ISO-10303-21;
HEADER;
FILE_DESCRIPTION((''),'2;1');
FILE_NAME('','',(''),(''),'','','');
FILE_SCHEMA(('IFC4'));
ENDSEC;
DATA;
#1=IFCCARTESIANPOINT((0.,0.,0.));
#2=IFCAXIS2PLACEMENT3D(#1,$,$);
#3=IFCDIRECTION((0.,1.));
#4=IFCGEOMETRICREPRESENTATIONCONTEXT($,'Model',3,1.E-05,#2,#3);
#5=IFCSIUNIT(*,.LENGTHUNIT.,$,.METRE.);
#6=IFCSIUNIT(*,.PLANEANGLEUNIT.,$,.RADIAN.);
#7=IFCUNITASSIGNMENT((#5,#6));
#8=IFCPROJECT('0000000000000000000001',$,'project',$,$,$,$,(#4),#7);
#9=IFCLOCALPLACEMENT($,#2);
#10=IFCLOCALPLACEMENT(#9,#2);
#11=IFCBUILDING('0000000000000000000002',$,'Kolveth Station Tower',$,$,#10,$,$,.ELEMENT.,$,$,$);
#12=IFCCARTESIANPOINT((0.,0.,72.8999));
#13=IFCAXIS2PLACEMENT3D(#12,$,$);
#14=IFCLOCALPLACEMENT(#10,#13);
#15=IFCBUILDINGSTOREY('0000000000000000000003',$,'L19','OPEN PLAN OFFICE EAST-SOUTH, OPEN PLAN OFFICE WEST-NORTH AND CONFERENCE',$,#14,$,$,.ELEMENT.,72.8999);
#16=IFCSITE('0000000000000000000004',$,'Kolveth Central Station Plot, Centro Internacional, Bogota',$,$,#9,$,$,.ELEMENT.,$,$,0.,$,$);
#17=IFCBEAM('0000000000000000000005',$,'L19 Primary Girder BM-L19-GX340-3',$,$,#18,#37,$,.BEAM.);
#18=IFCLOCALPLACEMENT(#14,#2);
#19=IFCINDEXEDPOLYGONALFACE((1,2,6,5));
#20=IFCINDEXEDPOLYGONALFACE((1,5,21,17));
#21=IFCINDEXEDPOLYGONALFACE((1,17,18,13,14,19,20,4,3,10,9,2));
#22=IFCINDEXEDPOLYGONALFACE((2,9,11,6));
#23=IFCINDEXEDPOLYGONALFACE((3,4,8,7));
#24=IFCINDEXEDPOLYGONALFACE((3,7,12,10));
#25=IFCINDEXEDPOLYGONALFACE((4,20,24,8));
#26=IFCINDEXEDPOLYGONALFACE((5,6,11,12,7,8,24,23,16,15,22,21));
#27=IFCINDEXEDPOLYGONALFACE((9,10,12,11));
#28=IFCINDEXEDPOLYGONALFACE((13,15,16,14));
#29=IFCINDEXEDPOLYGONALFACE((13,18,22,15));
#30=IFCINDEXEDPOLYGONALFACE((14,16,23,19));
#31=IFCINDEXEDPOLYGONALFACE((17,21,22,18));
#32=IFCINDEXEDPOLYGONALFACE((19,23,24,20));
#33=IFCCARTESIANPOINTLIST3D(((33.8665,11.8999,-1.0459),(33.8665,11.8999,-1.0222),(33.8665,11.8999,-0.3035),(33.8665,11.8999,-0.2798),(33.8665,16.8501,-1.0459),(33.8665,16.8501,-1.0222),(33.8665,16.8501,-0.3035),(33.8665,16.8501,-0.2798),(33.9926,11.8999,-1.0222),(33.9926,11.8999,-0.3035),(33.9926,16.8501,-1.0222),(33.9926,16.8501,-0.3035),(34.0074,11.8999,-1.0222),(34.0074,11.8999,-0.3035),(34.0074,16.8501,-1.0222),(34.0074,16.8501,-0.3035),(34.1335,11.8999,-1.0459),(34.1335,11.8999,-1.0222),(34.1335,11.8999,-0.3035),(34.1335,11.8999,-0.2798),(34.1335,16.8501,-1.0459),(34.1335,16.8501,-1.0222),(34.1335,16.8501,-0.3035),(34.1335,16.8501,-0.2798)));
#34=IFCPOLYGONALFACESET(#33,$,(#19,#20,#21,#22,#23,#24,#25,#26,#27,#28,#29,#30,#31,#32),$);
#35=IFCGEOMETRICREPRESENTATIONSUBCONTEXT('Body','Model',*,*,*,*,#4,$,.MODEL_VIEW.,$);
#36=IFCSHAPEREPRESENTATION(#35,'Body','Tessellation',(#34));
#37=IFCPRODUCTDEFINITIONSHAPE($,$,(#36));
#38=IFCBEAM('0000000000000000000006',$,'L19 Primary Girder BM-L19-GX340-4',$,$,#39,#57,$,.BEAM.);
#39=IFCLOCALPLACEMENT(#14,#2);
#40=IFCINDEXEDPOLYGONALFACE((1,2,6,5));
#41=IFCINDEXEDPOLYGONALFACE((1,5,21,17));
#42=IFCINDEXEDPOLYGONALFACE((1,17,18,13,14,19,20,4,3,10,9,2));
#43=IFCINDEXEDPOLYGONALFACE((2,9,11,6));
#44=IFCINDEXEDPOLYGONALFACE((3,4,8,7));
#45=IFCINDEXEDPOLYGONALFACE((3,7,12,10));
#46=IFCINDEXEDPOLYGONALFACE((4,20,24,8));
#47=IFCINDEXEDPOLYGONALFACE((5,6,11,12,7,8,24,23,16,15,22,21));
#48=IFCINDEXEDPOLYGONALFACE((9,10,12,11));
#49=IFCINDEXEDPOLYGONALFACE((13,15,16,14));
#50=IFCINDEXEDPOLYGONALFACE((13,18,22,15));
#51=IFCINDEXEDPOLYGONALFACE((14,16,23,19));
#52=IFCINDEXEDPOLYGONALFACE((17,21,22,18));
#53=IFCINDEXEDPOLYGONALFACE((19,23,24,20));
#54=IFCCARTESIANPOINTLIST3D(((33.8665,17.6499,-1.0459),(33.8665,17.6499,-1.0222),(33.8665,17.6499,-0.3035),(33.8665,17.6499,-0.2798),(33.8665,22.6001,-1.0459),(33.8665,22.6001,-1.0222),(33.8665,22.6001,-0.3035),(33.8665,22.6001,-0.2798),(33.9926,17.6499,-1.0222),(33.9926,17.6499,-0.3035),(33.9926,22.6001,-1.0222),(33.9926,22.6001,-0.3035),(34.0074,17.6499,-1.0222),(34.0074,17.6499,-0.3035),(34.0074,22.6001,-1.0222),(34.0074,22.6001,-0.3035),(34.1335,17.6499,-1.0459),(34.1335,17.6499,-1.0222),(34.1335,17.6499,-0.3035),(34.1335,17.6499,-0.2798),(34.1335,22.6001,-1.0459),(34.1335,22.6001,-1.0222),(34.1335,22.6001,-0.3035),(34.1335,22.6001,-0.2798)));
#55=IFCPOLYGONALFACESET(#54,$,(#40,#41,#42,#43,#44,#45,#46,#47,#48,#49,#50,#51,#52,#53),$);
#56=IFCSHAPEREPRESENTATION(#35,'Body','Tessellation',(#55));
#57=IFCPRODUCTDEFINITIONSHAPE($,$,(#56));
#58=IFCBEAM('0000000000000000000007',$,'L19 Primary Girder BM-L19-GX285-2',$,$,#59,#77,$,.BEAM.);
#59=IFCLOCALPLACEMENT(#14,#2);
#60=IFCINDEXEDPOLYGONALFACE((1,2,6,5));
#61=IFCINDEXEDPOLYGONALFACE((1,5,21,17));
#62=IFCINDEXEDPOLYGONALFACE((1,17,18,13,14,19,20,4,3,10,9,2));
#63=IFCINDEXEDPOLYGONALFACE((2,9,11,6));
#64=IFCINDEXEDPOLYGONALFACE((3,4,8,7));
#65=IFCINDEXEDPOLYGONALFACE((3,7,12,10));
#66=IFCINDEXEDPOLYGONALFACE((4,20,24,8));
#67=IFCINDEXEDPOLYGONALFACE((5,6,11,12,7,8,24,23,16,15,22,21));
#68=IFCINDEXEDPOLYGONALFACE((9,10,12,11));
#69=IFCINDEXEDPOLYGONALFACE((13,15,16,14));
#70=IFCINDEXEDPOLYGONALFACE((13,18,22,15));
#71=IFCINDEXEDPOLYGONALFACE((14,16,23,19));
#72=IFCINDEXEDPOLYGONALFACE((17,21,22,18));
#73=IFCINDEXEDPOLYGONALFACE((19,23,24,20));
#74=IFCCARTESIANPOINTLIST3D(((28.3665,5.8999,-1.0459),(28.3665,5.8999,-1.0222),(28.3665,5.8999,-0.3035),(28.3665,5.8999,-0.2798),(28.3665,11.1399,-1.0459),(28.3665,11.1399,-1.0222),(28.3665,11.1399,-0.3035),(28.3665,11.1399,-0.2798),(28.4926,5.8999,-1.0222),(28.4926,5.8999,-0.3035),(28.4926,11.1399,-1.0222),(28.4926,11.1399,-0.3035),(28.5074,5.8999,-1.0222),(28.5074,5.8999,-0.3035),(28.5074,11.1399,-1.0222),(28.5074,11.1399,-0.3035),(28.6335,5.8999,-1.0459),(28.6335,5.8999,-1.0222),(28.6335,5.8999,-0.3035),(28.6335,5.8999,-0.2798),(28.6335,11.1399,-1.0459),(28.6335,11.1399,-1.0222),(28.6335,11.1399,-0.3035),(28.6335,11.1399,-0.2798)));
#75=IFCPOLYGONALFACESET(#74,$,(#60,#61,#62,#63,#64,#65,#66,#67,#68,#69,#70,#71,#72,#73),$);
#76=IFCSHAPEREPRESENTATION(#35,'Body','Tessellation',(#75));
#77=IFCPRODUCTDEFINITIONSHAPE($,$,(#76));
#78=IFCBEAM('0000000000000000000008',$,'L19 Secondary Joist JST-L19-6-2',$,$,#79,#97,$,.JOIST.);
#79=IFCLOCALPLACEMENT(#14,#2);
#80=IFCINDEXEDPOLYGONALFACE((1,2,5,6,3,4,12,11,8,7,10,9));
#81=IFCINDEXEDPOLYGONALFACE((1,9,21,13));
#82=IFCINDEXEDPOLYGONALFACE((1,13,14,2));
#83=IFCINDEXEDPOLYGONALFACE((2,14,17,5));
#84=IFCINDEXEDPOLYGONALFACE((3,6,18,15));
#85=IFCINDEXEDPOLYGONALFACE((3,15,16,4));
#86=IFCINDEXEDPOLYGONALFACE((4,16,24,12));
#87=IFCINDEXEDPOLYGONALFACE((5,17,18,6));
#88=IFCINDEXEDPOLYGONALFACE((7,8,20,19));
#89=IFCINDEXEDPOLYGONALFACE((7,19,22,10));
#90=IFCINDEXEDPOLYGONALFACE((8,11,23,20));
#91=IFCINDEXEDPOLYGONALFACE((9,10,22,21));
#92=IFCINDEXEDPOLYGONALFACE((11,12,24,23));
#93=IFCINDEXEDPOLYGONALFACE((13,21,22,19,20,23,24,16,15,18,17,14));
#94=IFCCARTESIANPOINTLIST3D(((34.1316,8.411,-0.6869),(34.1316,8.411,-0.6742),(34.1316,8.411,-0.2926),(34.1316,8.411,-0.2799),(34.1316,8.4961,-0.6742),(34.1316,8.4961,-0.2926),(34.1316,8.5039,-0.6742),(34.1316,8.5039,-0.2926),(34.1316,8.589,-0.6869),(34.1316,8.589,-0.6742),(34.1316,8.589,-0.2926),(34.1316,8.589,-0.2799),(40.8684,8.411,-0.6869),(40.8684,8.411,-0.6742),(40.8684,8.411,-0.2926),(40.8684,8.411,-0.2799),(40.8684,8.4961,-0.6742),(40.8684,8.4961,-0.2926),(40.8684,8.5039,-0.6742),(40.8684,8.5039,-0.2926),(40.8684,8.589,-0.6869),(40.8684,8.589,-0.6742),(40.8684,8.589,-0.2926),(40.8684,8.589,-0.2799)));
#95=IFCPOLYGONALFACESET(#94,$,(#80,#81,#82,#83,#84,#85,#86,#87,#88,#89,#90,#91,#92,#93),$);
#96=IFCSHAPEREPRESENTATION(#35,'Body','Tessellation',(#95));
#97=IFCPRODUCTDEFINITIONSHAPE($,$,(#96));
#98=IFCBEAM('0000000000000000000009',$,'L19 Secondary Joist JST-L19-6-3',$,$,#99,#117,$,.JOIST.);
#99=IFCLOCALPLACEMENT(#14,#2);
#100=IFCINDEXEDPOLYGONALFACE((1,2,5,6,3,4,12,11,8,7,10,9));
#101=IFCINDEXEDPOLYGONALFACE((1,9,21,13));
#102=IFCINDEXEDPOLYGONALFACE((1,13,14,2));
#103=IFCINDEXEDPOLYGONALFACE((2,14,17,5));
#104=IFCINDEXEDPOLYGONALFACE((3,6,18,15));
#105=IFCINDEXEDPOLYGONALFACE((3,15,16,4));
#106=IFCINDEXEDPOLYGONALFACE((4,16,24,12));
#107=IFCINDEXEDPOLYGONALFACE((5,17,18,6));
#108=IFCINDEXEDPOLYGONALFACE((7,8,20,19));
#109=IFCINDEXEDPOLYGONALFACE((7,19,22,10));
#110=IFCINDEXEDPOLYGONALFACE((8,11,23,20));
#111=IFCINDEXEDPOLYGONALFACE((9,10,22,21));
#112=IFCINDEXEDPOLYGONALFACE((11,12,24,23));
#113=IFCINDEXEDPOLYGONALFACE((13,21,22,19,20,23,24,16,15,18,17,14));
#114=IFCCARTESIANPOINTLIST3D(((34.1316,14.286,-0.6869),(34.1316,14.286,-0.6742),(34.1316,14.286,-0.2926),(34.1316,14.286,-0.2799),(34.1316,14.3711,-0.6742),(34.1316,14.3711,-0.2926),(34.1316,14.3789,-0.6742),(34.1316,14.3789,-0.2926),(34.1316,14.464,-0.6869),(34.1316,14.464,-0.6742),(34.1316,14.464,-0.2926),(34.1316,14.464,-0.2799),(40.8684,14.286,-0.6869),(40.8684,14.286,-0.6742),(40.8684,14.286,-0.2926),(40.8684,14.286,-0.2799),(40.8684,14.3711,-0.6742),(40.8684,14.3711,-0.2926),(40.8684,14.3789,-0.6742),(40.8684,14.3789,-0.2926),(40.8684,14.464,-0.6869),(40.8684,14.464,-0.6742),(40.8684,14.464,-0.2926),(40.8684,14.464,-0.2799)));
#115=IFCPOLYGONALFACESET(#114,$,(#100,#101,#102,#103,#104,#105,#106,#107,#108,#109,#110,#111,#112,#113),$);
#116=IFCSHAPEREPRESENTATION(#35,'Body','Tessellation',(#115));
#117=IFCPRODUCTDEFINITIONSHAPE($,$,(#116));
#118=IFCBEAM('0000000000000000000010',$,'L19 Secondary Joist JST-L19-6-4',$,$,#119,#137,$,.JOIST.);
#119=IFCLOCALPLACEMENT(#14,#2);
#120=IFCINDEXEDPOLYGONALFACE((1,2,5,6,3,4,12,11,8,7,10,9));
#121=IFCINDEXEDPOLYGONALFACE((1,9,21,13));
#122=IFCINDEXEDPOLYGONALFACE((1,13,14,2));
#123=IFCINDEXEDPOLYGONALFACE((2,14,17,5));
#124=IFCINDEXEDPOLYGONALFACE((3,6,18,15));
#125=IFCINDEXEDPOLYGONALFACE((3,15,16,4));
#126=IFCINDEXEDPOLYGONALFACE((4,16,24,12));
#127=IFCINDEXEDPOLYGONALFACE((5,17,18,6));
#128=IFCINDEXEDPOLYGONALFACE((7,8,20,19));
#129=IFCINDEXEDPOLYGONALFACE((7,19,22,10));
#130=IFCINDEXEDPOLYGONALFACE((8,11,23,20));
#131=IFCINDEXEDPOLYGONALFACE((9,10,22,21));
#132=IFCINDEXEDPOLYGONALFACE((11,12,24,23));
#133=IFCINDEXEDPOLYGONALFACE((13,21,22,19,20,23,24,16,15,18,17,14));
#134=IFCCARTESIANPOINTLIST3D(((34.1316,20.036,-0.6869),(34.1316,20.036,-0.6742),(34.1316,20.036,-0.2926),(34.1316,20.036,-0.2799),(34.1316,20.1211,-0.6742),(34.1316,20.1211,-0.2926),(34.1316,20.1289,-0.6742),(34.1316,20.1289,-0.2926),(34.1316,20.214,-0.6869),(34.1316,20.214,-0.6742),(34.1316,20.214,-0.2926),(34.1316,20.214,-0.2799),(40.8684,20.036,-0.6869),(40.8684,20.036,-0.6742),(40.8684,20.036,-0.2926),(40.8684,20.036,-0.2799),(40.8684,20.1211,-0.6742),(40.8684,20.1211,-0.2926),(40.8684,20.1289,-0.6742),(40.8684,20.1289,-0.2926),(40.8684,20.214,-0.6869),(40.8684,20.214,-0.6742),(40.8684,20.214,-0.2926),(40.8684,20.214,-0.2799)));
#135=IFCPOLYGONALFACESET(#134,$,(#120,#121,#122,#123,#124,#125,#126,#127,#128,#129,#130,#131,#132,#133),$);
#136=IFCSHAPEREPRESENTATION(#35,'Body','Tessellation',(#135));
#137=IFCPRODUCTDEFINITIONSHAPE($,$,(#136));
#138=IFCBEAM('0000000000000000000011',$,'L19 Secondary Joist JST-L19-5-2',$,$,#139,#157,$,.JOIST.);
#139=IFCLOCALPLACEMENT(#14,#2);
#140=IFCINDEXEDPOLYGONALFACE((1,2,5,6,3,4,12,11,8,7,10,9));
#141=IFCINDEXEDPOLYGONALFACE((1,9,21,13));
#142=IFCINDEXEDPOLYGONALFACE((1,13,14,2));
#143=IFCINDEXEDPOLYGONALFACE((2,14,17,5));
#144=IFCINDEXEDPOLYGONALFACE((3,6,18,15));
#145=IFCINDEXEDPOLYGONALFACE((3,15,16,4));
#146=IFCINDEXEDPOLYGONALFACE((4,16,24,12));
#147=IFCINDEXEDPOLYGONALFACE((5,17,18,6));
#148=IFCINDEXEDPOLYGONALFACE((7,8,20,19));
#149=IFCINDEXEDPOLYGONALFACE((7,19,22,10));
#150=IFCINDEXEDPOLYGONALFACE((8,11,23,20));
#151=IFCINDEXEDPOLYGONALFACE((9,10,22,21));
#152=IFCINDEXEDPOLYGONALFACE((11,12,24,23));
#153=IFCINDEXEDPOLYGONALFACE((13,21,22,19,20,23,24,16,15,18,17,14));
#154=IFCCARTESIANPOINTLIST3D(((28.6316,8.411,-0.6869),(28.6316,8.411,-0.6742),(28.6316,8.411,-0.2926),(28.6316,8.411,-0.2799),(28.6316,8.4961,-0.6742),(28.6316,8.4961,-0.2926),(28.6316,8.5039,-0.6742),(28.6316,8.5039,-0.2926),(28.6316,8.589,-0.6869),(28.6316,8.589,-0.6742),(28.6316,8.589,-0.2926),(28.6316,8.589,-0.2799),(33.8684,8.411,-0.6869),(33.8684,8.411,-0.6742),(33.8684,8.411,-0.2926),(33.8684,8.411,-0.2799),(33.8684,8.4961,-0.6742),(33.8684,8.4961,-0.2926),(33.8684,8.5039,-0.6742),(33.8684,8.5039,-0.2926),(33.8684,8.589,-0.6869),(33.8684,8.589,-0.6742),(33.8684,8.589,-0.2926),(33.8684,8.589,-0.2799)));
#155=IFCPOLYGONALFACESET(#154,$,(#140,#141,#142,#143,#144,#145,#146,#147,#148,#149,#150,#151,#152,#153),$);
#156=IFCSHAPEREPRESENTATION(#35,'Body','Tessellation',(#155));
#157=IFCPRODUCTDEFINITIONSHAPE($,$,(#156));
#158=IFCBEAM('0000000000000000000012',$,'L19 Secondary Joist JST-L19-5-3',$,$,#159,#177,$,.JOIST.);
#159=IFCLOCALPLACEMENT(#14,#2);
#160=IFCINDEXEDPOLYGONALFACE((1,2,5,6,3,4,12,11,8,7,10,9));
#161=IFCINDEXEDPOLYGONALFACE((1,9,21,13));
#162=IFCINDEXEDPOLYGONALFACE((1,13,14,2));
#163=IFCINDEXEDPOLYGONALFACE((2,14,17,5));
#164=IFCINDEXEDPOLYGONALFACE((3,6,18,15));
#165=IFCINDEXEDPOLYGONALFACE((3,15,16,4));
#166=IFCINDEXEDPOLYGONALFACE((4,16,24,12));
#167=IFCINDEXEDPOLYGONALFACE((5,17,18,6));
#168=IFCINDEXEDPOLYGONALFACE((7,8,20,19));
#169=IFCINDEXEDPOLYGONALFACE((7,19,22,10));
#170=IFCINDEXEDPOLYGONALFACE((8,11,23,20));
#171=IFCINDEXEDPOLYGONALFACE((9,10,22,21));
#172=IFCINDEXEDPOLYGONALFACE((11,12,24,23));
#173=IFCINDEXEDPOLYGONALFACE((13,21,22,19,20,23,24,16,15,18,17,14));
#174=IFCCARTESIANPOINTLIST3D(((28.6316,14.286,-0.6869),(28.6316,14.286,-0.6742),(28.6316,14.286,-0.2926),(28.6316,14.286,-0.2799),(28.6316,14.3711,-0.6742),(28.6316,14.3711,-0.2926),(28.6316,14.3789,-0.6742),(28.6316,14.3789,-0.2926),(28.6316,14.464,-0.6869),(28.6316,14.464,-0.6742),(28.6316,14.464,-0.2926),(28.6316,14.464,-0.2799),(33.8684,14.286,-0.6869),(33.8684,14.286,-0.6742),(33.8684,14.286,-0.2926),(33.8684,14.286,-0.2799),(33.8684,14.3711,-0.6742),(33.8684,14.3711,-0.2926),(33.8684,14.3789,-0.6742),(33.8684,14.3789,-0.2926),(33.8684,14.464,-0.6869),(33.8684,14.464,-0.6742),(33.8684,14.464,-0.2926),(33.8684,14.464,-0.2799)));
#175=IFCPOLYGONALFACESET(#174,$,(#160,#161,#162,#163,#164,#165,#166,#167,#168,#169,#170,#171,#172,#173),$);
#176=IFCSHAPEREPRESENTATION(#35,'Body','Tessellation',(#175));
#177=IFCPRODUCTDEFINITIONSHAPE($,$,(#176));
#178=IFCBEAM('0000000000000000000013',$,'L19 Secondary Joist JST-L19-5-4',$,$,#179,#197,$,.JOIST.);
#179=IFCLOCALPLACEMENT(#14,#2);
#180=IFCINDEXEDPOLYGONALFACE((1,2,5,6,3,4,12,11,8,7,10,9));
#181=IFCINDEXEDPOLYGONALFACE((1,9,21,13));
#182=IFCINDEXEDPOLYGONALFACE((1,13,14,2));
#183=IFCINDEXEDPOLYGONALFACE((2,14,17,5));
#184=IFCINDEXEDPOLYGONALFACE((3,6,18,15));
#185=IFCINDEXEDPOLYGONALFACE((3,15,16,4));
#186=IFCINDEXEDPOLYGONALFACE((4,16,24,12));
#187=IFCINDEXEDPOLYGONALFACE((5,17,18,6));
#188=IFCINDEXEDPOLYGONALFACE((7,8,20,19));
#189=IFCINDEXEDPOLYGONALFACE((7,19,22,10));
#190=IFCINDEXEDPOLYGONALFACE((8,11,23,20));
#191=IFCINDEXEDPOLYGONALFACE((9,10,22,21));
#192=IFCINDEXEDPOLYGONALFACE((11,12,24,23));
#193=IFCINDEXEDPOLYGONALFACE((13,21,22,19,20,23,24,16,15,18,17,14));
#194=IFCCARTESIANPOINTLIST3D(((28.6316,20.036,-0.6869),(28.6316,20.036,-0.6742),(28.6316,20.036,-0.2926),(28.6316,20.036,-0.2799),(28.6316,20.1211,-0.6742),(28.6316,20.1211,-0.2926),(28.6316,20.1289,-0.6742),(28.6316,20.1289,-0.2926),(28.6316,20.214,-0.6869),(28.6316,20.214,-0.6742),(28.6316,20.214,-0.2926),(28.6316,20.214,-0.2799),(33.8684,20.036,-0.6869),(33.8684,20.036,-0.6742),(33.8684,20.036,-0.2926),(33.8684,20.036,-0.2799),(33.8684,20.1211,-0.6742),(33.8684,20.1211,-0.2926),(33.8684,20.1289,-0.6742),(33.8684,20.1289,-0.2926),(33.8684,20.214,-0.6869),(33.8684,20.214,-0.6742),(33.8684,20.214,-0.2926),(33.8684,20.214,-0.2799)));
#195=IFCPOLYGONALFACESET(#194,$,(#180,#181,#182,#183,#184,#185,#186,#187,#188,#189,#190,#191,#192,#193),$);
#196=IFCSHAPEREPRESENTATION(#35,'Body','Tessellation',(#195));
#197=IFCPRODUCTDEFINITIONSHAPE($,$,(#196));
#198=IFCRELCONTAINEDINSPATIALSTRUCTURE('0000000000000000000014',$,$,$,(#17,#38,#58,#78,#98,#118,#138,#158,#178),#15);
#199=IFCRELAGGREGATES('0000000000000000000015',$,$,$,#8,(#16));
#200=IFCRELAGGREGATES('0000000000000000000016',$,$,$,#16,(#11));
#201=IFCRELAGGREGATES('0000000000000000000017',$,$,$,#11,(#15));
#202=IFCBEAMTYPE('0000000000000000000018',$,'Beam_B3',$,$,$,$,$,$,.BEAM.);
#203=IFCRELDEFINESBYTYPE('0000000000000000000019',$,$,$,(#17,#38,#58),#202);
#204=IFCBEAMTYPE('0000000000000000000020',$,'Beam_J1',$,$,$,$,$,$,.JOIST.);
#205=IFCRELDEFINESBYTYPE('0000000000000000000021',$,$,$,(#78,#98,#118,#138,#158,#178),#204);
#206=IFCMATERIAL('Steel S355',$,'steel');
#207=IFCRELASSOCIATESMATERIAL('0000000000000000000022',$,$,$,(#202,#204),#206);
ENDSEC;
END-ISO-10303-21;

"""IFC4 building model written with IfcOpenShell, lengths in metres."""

from ifc_helpers import new_model, si_unit, direction, frame, origin, origin_2d, place, context, subcontext, project, spatial, i_section, extrude, source, transform, mapped, material, material_profile, profile_set, type_object, element, save


model = new_model("IFC4")

# Units and contexts
model_context = context("Model", 3, precision=1e-05, world=origin(), true_north=direction((0.0, 1.0)))
body_context = subcontext(model_context, "Body", "Model", "MODEL_VIEW")
ifc_project = project(units=[si_unit("LENGTHUNIT", "METRE"), si_unit("PLANEANGLEUNIT", "RADIAN")], contexts=[model_context])

# Site, building, storey
site_placement = place(None, origin())
site = spatial("IfcSite", under=ifc_project, at=site_placement, Name="Kolveth Central Station Plot, Centro Internacional, Bogota", CompositionType="ELEMENT", RefElevation=0.0)
building_placement = place(site_placement, origin())
building = spatial("IfcBuilding", under=site, at=building_placement, Name="Kolveth Station Tower", CompositionType="ELEMENT")
storey_placement = place(building_placement, frame((0.0, 0.0, 72.8999)))
storey = spatial("IfcBuildingStorey", under=building, at=storey_placement, Name="L19", Description="OPEN PLAN OFFICE EAST-SOUTH, OPEN PLAN OFFICE WEST-NORTH AND CONFERENCE", CompositionType="ELEMENT", Elevation=72.8999)

# Beams
ifc_material_1 = material(Name="Steel S355", Category="steel")
ifc_material_profile_1 = material_profile(ifc_material_1, i_section(OverallWidth=0.2671, OverallDepth=0.7661, WebThickness=0.0149, FlangeThickness=0.0237, at=origin_2d()), Name="W760x185")
ifc_profile_set_1 = profile_set([ifc_material_profile_1], Name="Steel S355")
beam_type_1 = type_object("IfcBeamType", Name="Beam_B3", PredefinedType="BEAM", material=ifc_profile_set_1)
shared_shape_1 = source(origin(), body_context, "Body", "SweptSolid", [
    extrude(i_section(OverallWidth=0.2671, OverallDepth=0.7661, WebThickness=0.0149, FlangeThickness=0.0237, at=origin_2d()), origin(), (0.0, 0.0, 1.0), 4.9502),
])
for number, where, z_axis, x_axis, name in (
    (1, (34.0, 11.8999, -0.6628), (0.0, 1.0, 0.0), (-1.0, 0.0, 0.0), "L19 Primary Girder BM-L19-GX340-3"),
    (2, (34.0, 17.6499, -0.6628), (0.0, 1.0, 0.0), (-1.0, 0.0, 0.0), "L19 Primary Girder BM-L19-GX340-4"),
):
    element("IfcBeam", number, at=place(storey_placement, frame(where, z_axis=z_axis, x_axis=x_axis)), inside=storey, type_object=beam_type_1, Name=name, PredefinedType="BEAM", context=body_context, shape_type="MappedRepresentation", body=[
        mapped(shared_shape_1, transform((0.0, 0.0, 0.0), x_axis=(1.0, 0.0, 0.0), y_axis=(0.0, 1.0, 0.0), z_axis=(0.0, 0.0, 1.0), scale=1.0)),
    ])
shared_shape_2 = source(origin(), body_context, "Body", "SweptSolid", [
    extrude(i_section(OverallWidth=0.2671, OverallDepth=0.7661, WebThickness=0.0149, FlangeThickness=0.0237, at=origin_2d()), origin(), (0.0, 0.0, 1.0), 5.24),
])
beam_1_placement = place(storey_placement, frame((28.5, 5.8999, -0.6628), z_axis=(0.0, 1.0, 0.0), x_axis=(-1.0, 0.0, 0.0)))
element("IfcBeam", 3, at=beam_1_placement, inside=storey, type_object=beam_type_1, Name="L19 Primary Girder BM-L19-GX285-2", PredefinedType="BEAM", context=body_context, shape_type="MappedRepresentation", body=[
    mapped(shared_shape_2, transform((0.0, 0.0, 0.0), x_axis=(1.0, 0.0, 0.0), y_axis=(0.0, 1.0, 0.0), z_axis=(0.0, 0.0, 1.0), scale=1.0)),
])
ifc_material_profile_2 = material_profile(ifc_material_1, i_section(OverallWidth=0.178, OverallDepth=0.407, WebThickness=0.0078, FlangeThickness=0.0127, at=origin_2d()), Name="W410x60")
ifc_profile_set_2 = profile_set([ifc_material_profile_2], Name="Steel S355")
beam_type_2 = type_object("IfcBeamType", Name="Beam_J1", PredefinedType="JOIST", material=ifc_profile_set_2)
shared_shape_3 = source(origin(), body_context, "Body", "SweptSolid", [
    extrude(i_section(OverallWidth=0.178, OverallDepth=0.407, WebThickness=0.0078, FlangeThickness=0.0127, at=origin_2d()), origin(), (0.0, 0.0, 1.0), 6.7368),
])
for number, where, z_axis, x_axis, name in (
    (4, (34.1316, 8.5, -0.4834), (1.0, 0.0, 0.0), (0.0, 1.0, 0.0), "L19 Secondary Joist JST-L19-6-2"),
    (5, (34.1316, 14.375, -0.4834), (1.0, 0.0, 0.0), (0.0, 1.0, 0.0), "L19 Secondary Joist JST-L19-6-3"),
    (6, (34.1316, 20.125, -0.4834), (1.0, 0.0, 0.0), (0.0, 1.0, 0.0), "L19 Secondary Joist JST-L19-6-4"),
):
    element("IfcBeam", number, at=place(storey_placement, frame(where, z_axis=z_axis, x_axis=x_axis)), inside=storey, type_object=beam_type_2, Name=name, PredefinedType="JOIST", context=body_context, shape_type="MappedRepresentation", body=[
        mapped(shared_shape_3, transform((0.0, 0.0, 0.0), x_axis=(1.0, 0.0, 0.0), y_axis=(0.0, 1.0, 0.0), z_axis=(0.0, 0.0, 1.0), scale=1.0)),
    ])
shared_shape_4 = source(origin(), body_context, "Body", "SweptSolid", [
    extrude(i_section(OverallWidth=0.178, OverallDepth=0.407, WebThickness=0.0078, FlangeThickness=0.0127, at=origin_2d()), origin(), (0.0, 0.0, 1.0), 5.2368),
])
for number, where, z_axis, x_axis, name in (
    (7, (28.6316, 8.5, -0.4834), (1.0, 0.0, 0.0), (0.0, 1.0, 0.0), "L19 Secondary Joist JST-L19-5-2"),
    (8, (28.6316, 14.375, -0.4834), (1.0, 0.0, 0.0), (0.0, 1.0, 0.0), "L19 Secondary Joist JST-L19-5-3"),
    (9, (28.6316, 20.125, -0.4834), (1.0, 0.0, 0.0), (0.0, 1.0, 0.0), "L19 Secondary Joist JST-L19-5-4"),
):
    element("IfcBeam", number, at=place(storey_placement, frame(where, z_axis=z_axis, x_axis=x_axis)), inside=storey, type_object=beam_type_2, Name=name, PredefinedType="JOIST", context=body_context, shape_type="MappedRepresentation", body=[
        mapped(shared_shape_4, transform((0.0, 0.0, 0.0), x_axis=(1.0, 0.0, 0.0), y_axis=(0.0, 1.0, 0.0), z_axis=(0.0, 0.0, 1.0), scale=1.0)),
    ])

save(model, "model.ifc")
